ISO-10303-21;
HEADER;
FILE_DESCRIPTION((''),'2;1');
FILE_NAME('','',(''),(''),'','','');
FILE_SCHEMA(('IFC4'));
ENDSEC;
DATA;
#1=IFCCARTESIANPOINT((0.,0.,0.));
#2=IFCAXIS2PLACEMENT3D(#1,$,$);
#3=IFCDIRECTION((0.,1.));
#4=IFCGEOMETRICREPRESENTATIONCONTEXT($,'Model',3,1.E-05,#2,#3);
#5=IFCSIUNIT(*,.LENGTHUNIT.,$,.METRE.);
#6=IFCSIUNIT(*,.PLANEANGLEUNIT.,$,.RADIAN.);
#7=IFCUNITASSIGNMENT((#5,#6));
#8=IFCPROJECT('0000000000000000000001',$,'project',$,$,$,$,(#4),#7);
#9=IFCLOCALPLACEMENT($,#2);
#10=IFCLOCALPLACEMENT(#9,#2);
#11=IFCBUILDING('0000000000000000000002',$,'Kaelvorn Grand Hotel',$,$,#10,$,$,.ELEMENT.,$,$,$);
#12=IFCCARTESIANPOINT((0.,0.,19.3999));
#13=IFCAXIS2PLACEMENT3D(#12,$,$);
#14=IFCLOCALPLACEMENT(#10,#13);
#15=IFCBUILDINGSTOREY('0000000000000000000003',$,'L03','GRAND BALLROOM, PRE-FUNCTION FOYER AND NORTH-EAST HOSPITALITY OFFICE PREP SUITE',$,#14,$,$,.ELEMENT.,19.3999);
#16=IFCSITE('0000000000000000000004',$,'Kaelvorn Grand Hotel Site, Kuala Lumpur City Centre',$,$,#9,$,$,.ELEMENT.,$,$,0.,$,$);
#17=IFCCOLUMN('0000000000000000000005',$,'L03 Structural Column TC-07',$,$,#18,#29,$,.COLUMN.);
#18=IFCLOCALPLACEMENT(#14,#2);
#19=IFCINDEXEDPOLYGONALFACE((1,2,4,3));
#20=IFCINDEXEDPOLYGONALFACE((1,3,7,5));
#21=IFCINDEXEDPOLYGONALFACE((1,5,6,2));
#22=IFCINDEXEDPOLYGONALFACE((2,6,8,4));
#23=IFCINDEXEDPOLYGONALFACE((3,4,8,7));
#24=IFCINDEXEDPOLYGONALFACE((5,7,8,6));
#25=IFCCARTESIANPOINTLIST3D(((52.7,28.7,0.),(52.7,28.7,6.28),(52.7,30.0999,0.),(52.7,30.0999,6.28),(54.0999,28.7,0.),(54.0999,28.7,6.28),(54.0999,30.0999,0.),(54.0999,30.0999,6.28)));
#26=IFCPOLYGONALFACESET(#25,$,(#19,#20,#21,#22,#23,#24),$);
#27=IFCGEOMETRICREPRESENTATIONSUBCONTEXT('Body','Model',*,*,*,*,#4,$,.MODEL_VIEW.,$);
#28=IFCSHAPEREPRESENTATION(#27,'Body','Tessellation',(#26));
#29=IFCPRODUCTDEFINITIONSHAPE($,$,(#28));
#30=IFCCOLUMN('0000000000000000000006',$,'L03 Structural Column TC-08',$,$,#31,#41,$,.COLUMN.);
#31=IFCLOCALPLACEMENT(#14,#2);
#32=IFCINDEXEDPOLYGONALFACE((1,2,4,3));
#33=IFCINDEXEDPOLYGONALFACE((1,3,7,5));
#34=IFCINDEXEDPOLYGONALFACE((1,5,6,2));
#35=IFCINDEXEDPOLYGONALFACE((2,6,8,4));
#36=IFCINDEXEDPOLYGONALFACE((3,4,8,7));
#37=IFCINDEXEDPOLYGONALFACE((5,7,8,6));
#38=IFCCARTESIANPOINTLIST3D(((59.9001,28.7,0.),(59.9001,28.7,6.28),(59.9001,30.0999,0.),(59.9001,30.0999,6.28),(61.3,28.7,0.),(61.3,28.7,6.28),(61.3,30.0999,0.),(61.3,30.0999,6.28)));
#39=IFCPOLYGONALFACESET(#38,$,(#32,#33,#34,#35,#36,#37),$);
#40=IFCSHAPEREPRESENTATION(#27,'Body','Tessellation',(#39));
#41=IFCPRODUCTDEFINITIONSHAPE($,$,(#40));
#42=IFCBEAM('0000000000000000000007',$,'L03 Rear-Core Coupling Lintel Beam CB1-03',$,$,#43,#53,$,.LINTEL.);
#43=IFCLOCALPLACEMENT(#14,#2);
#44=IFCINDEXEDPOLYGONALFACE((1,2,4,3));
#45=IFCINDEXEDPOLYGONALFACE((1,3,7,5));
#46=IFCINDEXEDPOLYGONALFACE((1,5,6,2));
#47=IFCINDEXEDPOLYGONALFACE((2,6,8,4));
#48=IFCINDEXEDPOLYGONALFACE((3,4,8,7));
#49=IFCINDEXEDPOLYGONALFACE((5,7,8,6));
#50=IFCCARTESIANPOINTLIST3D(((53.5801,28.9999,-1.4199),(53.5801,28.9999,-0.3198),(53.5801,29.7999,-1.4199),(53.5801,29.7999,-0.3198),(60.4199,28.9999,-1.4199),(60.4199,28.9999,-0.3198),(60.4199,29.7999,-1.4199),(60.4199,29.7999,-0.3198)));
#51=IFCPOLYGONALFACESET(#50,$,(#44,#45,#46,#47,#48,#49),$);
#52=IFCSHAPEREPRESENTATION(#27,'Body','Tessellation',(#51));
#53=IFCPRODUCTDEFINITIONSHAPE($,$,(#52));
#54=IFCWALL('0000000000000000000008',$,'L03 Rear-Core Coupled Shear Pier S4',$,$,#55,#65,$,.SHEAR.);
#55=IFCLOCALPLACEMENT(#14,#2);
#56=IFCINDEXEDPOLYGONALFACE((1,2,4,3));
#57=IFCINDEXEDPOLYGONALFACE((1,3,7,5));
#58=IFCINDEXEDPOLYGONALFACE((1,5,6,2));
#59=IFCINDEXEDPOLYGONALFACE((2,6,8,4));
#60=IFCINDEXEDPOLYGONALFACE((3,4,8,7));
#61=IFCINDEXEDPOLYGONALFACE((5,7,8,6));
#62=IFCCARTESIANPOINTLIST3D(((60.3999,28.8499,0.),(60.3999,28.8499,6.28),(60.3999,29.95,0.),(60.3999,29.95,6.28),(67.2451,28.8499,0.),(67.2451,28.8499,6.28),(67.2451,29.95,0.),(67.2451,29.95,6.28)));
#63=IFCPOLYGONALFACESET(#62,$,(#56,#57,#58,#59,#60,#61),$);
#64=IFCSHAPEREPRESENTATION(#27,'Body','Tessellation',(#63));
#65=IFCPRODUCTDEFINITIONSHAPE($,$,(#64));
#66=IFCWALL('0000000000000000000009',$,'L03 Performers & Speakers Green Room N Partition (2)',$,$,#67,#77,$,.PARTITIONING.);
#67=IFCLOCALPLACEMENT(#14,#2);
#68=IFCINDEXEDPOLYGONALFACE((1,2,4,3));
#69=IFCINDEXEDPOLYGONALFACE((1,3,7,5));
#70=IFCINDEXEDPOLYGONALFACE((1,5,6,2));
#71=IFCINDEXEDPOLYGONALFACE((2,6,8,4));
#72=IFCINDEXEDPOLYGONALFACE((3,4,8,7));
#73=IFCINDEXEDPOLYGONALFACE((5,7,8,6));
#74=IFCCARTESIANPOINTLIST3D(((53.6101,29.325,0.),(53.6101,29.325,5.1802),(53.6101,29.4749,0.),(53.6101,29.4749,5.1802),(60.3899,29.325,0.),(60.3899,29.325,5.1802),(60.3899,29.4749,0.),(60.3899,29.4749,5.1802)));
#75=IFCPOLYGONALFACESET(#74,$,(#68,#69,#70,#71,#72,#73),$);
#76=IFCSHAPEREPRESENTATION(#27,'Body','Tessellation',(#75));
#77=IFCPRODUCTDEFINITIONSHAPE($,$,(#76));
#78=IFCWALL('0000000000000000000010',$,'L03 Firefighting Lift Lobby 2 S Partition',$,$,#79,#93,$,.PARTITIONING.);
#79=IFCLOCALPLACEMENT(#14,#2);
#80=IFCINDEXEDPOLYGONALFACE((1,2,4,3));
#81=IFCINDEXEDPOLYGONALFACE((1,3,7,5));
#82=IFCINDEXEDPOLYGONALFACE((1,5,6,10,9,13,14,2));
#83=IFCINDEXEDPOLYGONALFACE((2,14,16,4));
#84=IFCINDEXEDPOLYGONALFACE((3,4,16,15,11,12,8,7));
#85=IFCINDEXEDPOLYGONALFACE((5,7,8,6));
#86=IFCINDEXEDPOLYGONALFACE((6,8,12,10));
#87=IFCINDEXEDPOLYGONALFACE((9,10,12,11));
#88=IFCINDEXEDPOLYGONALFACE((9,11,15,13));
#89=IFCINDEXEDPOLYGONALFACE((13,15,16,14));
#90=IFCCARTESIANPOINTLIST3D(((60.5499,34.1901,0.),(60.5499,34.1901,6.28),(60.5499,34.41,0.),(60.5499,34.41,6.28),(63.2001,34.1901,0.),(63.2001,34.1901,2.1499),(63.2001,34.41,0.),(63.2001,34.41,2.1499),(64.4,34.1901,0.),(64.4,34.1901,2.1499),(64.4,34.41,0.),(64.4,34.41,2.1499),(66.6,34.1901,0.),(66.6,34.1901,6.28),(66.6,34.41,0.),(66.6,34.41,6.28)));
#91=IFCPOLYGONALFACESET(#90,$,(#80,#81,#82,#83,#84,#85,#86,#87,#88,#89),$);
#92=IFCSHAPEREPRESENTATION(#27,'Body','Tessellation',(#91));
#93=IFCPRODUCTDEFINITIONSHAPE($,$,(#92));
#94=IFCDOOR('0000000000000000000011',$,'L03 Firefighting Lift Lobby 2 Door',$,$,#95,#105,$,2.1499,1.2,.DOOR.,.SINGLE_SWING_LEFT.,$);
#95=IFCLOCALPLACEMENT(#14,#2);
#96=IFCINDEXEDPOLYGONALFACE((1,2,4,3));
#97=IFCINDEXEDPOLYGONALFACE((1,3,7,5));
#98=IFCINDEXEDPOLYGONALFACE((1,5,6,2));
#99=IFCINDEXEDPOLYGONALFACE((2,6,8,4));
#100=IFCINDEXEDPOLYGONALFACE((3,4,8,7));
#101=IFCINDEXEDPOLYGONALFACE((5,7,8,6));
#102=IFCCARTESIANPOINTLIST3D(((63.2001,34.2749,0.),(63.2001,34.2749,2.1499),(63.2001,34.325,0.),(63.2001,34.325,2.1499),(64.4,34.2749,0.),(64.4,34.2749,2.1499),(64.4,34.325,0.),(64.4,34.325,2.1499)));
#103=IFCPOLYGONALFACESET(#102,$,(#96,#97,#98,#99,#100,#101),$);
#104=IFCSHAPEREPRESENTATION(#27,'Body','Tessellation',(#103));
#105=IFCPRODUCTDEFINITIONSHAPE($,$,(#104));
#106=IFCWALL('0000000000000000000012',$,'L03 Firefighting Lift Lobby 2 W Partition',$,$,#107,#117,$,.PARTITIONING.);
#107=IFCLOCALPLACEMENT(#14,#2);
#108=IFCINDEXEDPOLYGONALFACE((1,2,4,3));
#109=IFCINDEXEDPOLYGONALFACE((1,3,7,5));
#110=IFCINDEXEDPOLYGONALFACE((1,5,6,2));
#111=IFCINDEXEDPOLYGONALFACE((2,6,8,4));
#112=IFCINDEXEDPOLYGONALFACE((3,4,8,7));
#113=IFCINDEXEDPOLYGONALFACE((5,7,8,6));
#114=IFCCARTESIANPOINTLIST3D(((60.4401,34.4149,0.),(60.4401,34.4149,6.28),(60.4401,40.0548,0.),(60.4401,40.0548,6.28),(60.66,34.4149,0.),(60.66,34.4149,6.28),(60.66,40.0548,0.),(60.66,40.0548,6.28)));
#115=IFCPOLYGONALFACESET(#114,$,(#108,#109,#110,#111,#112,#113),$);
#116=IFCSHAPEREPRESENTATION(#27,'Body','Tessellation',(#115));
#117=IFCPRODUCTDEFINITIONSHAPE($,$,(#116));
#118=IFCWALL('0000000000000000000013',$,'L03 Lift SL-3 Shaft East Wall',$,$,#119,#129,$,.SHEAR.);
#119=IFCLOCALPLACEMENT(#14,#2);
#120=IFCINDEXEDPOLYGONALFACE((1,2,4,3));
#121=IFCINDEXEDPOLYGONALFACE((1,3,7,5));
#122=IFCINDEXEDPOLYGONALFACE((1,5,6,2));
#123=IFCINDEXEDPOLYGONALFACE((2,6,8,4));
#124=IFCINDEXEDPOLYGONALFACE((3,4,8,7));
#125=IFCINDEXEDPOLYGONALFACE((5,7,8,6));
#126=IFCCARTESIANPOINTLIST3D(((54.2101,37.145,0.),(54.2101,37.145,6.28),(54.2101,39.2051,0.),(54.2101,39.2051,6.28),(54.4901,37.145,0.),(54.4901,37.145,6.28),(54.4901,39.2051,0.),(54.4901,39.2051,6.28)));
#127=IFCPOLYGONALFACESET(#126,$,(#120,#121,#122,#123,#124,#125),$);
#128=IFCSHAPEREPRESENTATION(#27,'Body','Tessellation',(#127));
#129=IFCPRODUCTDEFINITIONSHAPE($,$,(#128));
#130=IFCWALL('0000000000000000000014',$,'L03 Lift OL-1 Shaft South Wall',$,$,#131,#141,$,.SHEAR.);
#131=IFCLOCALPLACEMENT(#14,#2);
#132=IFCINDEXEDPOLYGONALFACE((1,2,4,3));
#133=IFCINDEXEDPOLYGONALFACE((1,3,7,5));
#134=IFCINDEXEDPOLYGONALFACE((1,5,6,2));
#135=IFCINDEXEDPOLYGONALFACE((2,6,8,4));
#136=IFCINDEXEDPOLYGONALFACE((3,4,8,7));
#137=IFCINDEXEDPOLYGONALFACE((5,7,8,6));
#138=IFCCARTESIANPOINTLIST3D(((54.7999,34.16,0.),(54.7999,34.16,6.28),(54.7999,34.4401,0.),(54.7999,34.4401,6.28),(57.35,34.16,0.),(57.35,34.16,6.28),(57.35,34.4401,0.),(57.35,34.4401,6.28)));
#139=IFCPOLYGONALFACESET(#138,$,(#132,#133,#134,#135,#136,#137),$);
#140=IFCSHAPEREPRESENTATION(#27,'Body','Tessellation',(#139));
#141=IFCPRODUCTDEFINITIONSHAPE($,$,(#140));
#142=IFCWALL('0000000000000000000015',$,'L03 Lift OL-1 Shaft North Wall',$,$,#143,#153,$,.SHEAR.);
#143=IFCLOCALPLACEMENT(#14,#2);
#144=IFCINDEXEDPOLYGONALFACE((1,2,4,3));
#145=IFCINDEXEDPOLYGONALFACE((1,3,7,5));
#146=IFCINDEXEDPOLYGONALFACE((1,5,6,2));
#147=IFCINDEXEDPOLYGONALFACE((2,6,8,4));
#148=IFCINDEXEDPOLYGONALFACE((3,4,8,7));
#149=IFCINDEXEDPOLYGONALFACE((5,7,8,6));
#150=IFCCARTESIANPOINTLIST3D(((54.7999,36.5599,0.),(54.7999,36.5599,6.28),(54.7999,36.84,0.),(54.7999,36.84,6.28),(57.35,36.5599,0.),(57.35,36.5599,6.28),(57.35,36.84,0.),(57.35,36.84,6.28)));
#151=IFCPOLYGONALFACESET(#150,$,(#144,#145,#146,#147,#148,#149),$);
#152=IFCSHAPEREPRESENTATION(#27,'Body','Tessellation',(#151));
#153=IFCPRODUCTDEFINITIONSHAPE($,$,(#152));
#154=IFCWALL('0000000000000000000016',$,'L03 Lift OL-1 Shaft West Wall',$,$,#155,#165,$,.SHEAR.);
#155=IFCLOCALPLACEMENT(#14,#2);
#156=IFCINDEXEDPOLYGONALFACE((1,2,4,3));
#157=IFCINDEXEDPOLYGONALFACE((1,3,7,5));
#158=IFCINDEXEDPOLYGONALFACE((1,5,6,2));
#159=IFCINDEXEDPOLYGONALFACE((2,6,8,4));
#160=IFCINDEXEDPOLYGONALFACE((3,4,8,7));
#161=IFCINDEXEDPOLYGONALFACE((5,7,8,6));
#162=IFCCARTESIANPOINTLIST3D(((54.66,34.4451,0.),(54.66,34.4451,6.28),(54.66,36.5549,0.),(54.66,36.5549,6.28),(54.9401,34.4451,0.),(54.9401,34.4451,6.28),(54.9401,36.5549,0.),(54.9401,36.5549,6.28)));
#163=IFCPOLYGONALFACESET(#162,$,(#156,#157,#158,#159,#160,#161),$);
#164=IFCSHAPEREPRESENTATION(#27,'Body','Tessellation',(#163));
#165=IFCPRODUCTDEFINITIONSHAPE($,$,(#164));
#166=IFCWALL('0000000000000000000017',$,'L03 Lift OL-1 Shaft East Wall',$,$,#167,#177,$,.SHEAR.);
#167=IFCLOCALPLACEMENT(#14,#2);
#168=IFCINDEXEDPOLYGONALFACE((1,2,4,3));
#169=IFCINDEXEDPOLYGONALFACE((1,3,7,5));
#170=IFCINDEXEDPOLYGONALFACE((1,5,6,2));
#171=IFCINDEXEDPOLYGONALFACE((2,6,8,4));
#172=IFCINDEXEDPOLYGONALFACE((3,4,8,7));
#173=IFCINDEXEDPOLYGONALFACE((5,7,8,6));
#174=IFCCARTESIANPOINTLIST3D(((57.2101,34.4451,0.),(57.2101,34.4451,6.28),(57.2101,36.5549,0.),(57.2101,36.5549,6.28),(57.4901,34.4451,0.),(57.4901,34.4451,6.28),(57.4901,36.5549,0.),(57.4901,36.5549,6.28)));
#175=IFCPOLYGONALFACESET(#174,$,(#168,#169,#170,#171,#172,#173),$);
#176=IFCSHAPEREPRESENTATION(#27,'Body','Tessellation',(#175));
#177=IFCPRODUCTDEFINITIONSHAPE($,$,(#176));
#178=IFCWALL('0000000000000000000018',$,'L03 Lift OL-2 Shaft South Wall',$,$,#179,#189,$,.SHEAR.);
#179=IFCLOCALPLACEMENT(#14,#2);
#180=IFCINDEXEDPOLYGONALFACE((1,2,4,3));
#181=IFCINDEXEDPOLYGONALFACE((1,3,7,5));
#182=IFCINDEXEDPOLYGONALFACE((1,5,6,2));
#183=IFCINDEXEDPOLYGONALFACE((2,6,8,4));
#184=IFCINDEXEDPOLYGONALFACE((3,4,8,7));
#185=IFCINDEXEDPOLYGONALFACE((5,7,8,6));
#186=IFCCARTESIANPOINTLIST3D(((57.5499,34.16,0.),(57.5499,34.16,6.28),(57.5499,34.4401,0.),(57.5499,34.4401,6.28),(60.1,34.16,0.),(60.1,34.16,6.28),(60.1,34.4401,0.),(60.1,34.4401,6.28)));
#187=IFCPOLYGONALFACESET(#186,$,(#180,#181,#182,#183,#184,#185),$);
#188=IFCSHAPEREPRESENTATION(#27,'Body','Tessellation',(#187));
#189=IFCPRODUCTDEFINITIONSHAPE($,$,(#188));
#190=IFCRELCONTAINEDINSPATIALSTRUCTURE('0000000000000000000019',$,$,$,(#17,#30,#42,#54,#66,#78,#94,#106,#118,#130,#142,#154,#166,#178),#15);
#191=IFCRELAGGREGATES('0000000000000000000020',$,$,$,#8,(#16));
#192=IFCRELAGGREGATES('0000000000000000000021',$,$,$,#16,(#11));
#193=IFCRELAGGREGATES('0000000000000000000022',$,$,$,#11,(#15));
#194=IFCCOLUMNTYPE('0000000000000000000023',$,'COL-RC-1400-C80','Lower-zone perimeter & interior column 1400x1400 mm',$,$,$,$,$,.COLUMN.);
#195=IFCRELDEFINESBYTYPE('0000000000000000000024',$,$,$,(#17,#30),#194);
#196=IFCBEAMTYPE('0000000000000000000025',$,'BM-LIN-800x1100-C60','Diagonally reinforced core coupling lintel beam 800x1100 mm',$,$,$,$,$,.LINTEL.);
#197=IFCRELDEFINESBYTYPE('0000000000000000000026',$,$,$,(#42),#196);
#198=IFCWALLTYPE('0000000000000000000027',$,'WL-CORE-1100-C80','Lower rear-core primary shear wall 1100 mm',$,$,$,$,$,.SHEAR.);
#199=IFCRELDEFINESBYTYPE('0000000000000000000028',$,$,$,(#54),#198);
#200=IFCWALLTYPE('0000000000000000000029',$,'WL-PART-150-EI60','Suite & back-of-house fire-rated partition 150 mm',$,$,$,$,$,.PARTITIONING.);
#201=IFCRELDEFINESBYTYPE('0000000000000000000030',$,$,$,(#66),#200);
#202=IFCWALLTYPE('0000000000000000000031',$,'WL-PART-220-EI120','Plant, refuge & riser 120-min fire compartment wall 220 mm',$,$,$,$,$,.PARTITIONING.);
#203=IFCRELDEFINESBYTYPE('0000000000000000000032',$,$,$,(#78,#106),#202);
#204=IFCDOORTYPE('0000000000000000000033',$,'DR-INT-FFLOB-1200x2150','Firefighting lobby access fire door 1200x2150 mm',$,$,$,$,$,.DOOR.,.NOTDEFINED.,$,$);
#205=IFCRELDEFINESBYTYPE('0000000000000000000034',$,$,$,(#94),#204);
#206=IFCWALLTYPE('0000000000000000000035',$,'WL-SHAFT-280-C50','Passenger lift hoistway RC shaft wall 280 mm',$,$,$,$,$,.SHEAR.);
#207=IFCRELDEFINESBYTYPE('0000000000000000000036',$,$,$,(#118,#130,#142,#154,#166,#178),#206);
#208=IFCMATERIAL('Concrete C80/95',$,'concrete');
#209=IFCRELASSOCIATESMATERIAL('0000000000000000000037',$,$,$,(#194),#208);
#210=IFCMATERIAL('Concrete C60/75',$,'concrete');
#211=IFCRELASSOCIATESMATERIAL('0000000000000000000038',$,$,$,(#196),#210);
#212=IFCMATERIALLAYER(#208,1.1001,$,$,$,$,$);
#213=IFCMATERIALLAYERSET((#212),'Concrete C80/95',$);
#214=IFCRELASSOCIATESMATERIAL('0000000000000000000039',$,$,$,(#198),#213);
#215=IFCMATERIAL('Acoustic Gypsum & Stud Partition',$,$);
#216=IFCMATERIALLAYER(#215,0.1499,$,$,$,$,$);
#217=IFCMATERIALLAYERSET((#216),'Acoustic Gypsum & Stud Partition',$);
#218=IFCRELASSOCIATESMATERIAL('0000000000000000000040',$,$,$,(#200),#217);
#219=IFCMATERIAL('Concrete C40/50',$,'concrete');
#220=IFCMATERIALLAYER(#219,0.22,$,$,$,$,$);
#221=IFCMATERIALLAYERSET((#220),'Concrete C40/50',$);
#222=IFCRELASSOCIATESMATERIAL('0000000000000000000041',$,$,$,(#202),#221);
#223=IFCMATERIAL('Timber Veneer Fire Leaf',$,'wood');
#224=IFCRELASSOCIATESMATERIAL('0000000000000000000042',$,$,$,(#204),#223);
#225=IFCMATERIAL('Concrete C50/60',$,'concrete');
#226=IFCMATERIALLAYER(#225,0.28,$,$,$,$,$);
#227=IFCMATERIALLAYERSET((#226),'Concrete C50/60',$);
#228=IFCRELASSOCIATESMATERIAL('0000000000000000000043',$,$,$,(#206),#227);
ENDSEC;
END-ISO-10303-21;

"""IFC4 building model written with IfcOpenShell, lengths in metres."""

from ifc_helpers import new_model, si_unit, direction, frame, frame_2d, origin, origin_2d, place, context, subcontext, project, spatial, rectangle, extrude, material, layer, layer_set, material_profile, profile_set, type_object, element, fill, save


model = new_model("IFC4")

# Units and contexts
model_context = context("Model", 3, precision=1e-05, world=origin(), true_north=direction((0.0, 1.0)))
body_context = subcontext(model_context, "Body", "Model", "MODEL_VIEW")
ifc_project = project(units=[si_unit("LENGTHUNIT", "METRE"), si_unit("PLANEANGLEUNIT", "RADIAN")], contexts=[model_context])

# Site, building, storey
site_placement = place(None, origin())
site = spatial("IfcSite", under=ifc_project, at=site_placement, Name="Kaelvorn Grand Hotel Site, Kuala Lumpur City Centre", CompositionType="ELEMENT", RefElevation=0.0)
building_placement = place(site_placement, origin())
building = spatial("IfcBuilding", under=site, at=building_placement, Name="Kaelvorn Grand Hotel", CompositionType="ELEMENT")
storey_placement = place(building_placement, frame((0.0, 0.0, 19.3999)))
storey = spatial("IfcBuildingStorey", under=building, at=storey_placement, Name="L03", Description="GRAND BALLROOM, PRE-FUNCTION FOYER AND NORTH-EAST HOSPITALITY OFFICE PREP SUITE", CompositionType="ELEMENT", Elevation=19.3999)

# Columns
ifc_material_1 = material(Name="Concrete C80/95", Category="concrete")
ifc_material_profile_1 = material_profile(ifc_material_1, rectangle(XDim=1.3999, YDim=1.3999, at=origin_2d()), Name="RC COL 1400x1400")
ifc_profile_set_1 = profile_set([ifc_material_profile_1], Name="Concrete C80/95")
column_type = type_object("IfcColumnType", Name="COL-RC-1400-C80", Description="Lower-zone perimeter & interior column 1400x1400 mm", PredefinedType="COLUMN", material=ifc_profile_set_1)
for number, where, z_axis, x_axis, name in (
    (1, (53.3999, 29.3999, 0.0), (0.0, 0.0, 1.0), (1.0, 0.0, 0.0), "L03 Structural Column TC-07"),
    (2, (60.6001, 29.3999, 0.0), (0.0, 0.0, 1.0), (1.0, 0.0, 0.0), "L03 Structural Column TC-08"),
):
    element("IfcColumn", number, at=place(storey_placement, frame(where, z_axis=z_axis, x_axis=x_axis)), inside=storey, type_object=column_type, Name=name, PredefinedType="COLUMN", context=body_context, shape_type="SweptSolid", body=[
        extrude(rectangle(XDim=1.3999, YDim=1.3999, at=origin_2d()), origin(), (0.0, 0.0, 1.0), 6.28),
    ])

# Beam
ifc_material_2 = material(Name="Concrete C60/75", Category="concrete")
ifc_material_profile_2 = material_profile(ifc_material_2, rectangle(XDim=0.8, YDim=1.1001, at=origin_2d()), Name="RC LINTEL 800x1100")
ifc_profile_set_2 = profile_set([ifc_material_profile_2], Name="Concrete C60/75")
beam_type = type_object("IfcBeamType", Name="BM-LIN-800x1100-C60", Description="Diagonally reinforced core coupling lintel beam 800x1100 mm", PredefinedType="LINTEL", material=ifc_profile_set_2)
beam_placement = place(storey_placement, frame((53.5801, 29.3999, -0.8699), z_axis=(1.0, 0.0, 0.0), x_axis=(0.0, 1.0, 0.0)))
element("IfcBeam", 3, at=beam_placement, inside=storey, type_object=beam_type, Name="L03 Rear-Core Coupling Lintel Beam CB1-03", PredefinedType="LINTEL", context=body_context, shape_type="SweptSolid", body=[
    extrude(rectangle(XDim=0.8, YDim=1.1001, at=origin_2d()), origin(), (0.0, 0.0, 1.0), 6.8398),
])

# Walls
ifc_layer_1 = layer(ifc_material_1, 1.1001)
ifc_layer_set_1 = layer_set([ifc_layer_1], Name="Concrete C80/95")
wall_type_1 = type_object("IfcWallType", Name="WL-CORE-1100-C80", Description="Lower rear-core primary shear wall 1100 mm", PredefinedType="SHEAR", material=ifc_layer_set_1)
wall_1_placement = place(storey_placement, frame((60.3999, 29.3999, 0.0), z_axis=(0.0, 0.0, 1.0), x_axis=(1.0, 0.0, 0.0)))
element("IfcWall", 4, at=wall_1_placement, inside=storey, type_object=wall_type_1, Name="L03 Rear-Core Coupled Shear Pier S4", PredefinedType="SHEAR", context=body_context, shape_type="SweptSolid", body=[
    extrude(rectangle(XDim=6.8452, YDim=1.1001, at=frame_2d((3.4226, 0.0))), origin(), (0.0, 0.0, 1.0), 6.28),
])
ifc_material_3 = material(Name="Acoustic Gypsum & Stud Partition")
ifc_layer_2 = layer(ifc_material_3, 0.1499)
ifc_layer_set_2 = layer_set([ifc_layer_2], Name="Acoustic Gypsum & Stud Partition")
wall_type_2 = type_object("IfcWallType", Name="WL-PART-150-EI60", Description="Suite & back-of-house fire-rated partition 150 mm", PredefinedType="PARTITIONING", material=ifc_layer_set_2)
wall_2_placement = place(storey_placement, frame((53.6101, 29.3999, 0.0), z_axis=(0.0, 0.0, 1.0), x_axis=(1.0, 0.0, 0.0)))
element("IfcWall", 5, at=wall_2_placement, inside=storey, type_object=wall_type_2, Name="L03 Performers & Speakers Green Room N Partition (2)", PredefinedType="PARTITIONING", context=body_context, shape_type="SweptSolid", body=[
    extrude(rectangle(XDim=6.7798, YDim=0.1499, at=frame_2d((3.3899, 0.0))), origin(), (0.0, 0.0, 1.0), 5.1802),
])

# Wall, opening, door
ifc_material_4 = material(Name="Concrete C40/50", Category="concrete")
ifc_layer_3 = layer(ifc_material_4, 0.22)
ifc_layer_set_3 = layer_set([ifc_layer_3], Name="Concrete C40/50")
wall_type_3 = type_object("IfcWallType", Name="WL-PART-220-EI120", Description="Plant, refuge & riser 120-min fire compartment wall 220 mm", PredefinedType="PARTITIONING", material=ifc_layer_set_3)
wall_3_placement = place(storey_placement, frame((60.55, 34.3, 0.0), z_axis=(0.0, 0.0, 1.0), x_axis=(1.0, 0.0, 0.0)))
wall_3 = element("IfcWall", 6, at=wall_3_placement, inside=storey, type_object=wall_type_3, Name="L03 Firefighting Lift Lobby 2 S Partition", PredefinedType="PARTITIONING", context=body_context, shape_type="SweptSolid", body=[
    extrude(rectangle(XDim=6.05, YDim=0.22, at=frame_2d((3.0249, 0.0))), origin(), (0.0, 0.0, 1.0), 6.28),
])
opening_1_placement = place(wall_3_placement, frame((2.6499, 0.0, 0.0)))
opening_1 = element("IfcOpeningElement", 7, at=opening_1_placement, cuts=wall_3, PredefinedType="OPENING", context=body_context, shape_type="SweptSolid", body=[
    extrude(rectangle(XDim=1.2, YDim=2.1499, at=frame_2d((0.6001, 1.075))), frame((0.0, 0.1201, 0.0), z_axis=(0.0, -1.0, 0.0), x_axis=(1.0, 0.0, 0.0)), (0.0, 0.0, 1.0), 0.24),
])
ifc_material_5 = material(Name="Timber Veneer Fire Leaf", Category="wood")
door_type_1 = type_object("IfcDoorType", Name="DR-INT-FFLOB-1200x2150", Description="Firefighting lobby access fire door 1200x2150 mm", OperationType="NOTDEFINED", PredefinedType="DOOR", material=ifc_material_5)
door_1_placement = place(opening_1_placement, origin())
door_1 = element("IfcDoor", 8, at=door_1_placement, inside=storey, type_object=door_type_1, Name="L03 Firefighting Lift Lobby 2 Door", OperationType="SINGLE_SWING_LEFT", OverallHeight=2.1499, OverallWidth=1.2, PredefinedType="DOOR", context=body_context, shape_type="SweptSolid", body=[
    extrude(rectangle(XDim=1.2, YDim=2.1499, at=frame_2d((0.6001, 1.075))), frame((0.0, 0.0249, 0.0), z_axis=(0.0, -1.0, 0.0), x_axis=(1.0, 0.0, 0.0)), (0.0, 0.0, 1.0), 0.05),
])
fill(opening_1, door_1)

# Walls
wall_4_placement = place(storey_placement, frame((60.55, 34.415, 0.0), z_axis=(0.0, 0.0, 1.0), x_axis=(0.0, 1.0, 0.0)))
element("IfcWall", 9, at=wall_4_placement, inside=storey, type_object=wall_type_3, Name="L03 Firefighting Lift Lobby 2 W Partition", PredefinedType="PARTITIONING", context=body_context, shape_type="SweptSolid", body=[
    extrude(rectangle(XDim=5.6399, YDim=0.22, at=frame_2d((2.8198, 0.0))), origin(), (0.0, 0.0, 1.0), 6.28),
])
ifc_material_6 = material(Name="Concrete C50/60", Category="concrete")
ifc_layer_4 = layer(ifc_material_6, 0.28)
ifc_layer_set_4 = layer_set([ifc_layer_4], Name="Concrete C50/60")
wall_type_4 = type_object("IfcWallType", Name="WL-SHAFT-280-C50", Description="Passenger lift hoistway RC shaft wall 280 mm", PredefinedType="SHEAR", material=ifc_layer_set_4)
wall_5_placement = place(storey_placement, frame((54.3501, 37.145, 0.0), z_axis=(0.0, 0.0, 1.0), x_axis=(0.0, 1.0, 0.0)))
element("IfcWall", 10, at=wall_5_placement, inside=storey, type_object=wall_type_4, Name="L03 Lift SL-3 Shaft East Wall", PredefinedType="SHEAR", context=body_context, shape_type="SweptSolid", body=[
    extrude(rectangle(XDim=2.0601, YDim=0.28, at=frame_2d((1.03, 0.0))), origin(), (0.0, 0.0, 1.0), 6.28),
])
for number, where, z_axis, x_axis, name in (
    (11, (54.8, 34.3, 0.0), (0.0, 0.0, 1.0), (1.0, 0.0, 0.0), "L03 Lift OL-1 Shaft South Wall"),
    (12, (54.8, 36.7, 0.0), (0.0, 0.0, 1.0), (1.0, 0.0, 0.0), "L03 Lift OL-1 Shaft North Wall"),
):
    element("IfcWall", number, at=place(storey_placement, frame(where, z_axis=z_axis, x_axis=x_axis)), inside=storey, type_object=wall_type_4, Name=name, PredefinedType="SHEAR", context=body_context, shape_type="SweptSolid", body=[
        extrude(rectangle(XDim=2.55, YDim=0.28, at=frame_2d((1.2749, 0.0))), origin(), (0.0, 0.0, 1.0), 6.28),
    ])
for number, where, z_axis, x_axis, name in (
    (13, (54.8, 34.4451, 0.0), (0.0, 0.0, 1.0), (0.0, 1.0, 0.0), "L03 Lift OL-1 Shaft West Wall"),
    (14, (57.3501, 34.4451, 0.0), (0.0, 0.0, 1.0), (0.0, 1.0, 0.0), "L03 Lift OL-1 Shaft East Wall"),
):
    element("IfcWall", number, at=place(storey_placement, frame(where, z_axis=z_axis, x_axis=x_axis)), inside=storey, type_object=wall_type_4, Name=name, PredefinedType="SHEAR", context=body_context, shape_type="SweptSolid", body=[
        extrude(rectangle(XDim=2.1099, YDim=0.28, at=frame_2d((1.0549, 0.0))), origin(), (0.0, 0.0, 1.0), 6.28),
    ])
for number, where, z_axis, x_axis, name in (
    (15, (57.55, 34.3, 0.0), (0.0, 0.0, 1.0), (1.0, 0.0, 0.0), "L03 Lift OL-2 Shaft South Wall"),
):
    element("IfcWall", number, at=place(storey_placement, frame(where, z_axis=z_axis, x_axis=x_axis)), inside=storey, type_object=wall_type_4, Name=name, PredefinedType="SHEAR", context=body_context, shape_type="SweptSolid", body=[
        extrude(rectangle(XDim=2.55, YDim=0.28, at=frame_2d((1.2749, 0.0))), origin(), (0.0, 0.0, 1.0), 6.28),
    ])

save(model, "model.ifc")
